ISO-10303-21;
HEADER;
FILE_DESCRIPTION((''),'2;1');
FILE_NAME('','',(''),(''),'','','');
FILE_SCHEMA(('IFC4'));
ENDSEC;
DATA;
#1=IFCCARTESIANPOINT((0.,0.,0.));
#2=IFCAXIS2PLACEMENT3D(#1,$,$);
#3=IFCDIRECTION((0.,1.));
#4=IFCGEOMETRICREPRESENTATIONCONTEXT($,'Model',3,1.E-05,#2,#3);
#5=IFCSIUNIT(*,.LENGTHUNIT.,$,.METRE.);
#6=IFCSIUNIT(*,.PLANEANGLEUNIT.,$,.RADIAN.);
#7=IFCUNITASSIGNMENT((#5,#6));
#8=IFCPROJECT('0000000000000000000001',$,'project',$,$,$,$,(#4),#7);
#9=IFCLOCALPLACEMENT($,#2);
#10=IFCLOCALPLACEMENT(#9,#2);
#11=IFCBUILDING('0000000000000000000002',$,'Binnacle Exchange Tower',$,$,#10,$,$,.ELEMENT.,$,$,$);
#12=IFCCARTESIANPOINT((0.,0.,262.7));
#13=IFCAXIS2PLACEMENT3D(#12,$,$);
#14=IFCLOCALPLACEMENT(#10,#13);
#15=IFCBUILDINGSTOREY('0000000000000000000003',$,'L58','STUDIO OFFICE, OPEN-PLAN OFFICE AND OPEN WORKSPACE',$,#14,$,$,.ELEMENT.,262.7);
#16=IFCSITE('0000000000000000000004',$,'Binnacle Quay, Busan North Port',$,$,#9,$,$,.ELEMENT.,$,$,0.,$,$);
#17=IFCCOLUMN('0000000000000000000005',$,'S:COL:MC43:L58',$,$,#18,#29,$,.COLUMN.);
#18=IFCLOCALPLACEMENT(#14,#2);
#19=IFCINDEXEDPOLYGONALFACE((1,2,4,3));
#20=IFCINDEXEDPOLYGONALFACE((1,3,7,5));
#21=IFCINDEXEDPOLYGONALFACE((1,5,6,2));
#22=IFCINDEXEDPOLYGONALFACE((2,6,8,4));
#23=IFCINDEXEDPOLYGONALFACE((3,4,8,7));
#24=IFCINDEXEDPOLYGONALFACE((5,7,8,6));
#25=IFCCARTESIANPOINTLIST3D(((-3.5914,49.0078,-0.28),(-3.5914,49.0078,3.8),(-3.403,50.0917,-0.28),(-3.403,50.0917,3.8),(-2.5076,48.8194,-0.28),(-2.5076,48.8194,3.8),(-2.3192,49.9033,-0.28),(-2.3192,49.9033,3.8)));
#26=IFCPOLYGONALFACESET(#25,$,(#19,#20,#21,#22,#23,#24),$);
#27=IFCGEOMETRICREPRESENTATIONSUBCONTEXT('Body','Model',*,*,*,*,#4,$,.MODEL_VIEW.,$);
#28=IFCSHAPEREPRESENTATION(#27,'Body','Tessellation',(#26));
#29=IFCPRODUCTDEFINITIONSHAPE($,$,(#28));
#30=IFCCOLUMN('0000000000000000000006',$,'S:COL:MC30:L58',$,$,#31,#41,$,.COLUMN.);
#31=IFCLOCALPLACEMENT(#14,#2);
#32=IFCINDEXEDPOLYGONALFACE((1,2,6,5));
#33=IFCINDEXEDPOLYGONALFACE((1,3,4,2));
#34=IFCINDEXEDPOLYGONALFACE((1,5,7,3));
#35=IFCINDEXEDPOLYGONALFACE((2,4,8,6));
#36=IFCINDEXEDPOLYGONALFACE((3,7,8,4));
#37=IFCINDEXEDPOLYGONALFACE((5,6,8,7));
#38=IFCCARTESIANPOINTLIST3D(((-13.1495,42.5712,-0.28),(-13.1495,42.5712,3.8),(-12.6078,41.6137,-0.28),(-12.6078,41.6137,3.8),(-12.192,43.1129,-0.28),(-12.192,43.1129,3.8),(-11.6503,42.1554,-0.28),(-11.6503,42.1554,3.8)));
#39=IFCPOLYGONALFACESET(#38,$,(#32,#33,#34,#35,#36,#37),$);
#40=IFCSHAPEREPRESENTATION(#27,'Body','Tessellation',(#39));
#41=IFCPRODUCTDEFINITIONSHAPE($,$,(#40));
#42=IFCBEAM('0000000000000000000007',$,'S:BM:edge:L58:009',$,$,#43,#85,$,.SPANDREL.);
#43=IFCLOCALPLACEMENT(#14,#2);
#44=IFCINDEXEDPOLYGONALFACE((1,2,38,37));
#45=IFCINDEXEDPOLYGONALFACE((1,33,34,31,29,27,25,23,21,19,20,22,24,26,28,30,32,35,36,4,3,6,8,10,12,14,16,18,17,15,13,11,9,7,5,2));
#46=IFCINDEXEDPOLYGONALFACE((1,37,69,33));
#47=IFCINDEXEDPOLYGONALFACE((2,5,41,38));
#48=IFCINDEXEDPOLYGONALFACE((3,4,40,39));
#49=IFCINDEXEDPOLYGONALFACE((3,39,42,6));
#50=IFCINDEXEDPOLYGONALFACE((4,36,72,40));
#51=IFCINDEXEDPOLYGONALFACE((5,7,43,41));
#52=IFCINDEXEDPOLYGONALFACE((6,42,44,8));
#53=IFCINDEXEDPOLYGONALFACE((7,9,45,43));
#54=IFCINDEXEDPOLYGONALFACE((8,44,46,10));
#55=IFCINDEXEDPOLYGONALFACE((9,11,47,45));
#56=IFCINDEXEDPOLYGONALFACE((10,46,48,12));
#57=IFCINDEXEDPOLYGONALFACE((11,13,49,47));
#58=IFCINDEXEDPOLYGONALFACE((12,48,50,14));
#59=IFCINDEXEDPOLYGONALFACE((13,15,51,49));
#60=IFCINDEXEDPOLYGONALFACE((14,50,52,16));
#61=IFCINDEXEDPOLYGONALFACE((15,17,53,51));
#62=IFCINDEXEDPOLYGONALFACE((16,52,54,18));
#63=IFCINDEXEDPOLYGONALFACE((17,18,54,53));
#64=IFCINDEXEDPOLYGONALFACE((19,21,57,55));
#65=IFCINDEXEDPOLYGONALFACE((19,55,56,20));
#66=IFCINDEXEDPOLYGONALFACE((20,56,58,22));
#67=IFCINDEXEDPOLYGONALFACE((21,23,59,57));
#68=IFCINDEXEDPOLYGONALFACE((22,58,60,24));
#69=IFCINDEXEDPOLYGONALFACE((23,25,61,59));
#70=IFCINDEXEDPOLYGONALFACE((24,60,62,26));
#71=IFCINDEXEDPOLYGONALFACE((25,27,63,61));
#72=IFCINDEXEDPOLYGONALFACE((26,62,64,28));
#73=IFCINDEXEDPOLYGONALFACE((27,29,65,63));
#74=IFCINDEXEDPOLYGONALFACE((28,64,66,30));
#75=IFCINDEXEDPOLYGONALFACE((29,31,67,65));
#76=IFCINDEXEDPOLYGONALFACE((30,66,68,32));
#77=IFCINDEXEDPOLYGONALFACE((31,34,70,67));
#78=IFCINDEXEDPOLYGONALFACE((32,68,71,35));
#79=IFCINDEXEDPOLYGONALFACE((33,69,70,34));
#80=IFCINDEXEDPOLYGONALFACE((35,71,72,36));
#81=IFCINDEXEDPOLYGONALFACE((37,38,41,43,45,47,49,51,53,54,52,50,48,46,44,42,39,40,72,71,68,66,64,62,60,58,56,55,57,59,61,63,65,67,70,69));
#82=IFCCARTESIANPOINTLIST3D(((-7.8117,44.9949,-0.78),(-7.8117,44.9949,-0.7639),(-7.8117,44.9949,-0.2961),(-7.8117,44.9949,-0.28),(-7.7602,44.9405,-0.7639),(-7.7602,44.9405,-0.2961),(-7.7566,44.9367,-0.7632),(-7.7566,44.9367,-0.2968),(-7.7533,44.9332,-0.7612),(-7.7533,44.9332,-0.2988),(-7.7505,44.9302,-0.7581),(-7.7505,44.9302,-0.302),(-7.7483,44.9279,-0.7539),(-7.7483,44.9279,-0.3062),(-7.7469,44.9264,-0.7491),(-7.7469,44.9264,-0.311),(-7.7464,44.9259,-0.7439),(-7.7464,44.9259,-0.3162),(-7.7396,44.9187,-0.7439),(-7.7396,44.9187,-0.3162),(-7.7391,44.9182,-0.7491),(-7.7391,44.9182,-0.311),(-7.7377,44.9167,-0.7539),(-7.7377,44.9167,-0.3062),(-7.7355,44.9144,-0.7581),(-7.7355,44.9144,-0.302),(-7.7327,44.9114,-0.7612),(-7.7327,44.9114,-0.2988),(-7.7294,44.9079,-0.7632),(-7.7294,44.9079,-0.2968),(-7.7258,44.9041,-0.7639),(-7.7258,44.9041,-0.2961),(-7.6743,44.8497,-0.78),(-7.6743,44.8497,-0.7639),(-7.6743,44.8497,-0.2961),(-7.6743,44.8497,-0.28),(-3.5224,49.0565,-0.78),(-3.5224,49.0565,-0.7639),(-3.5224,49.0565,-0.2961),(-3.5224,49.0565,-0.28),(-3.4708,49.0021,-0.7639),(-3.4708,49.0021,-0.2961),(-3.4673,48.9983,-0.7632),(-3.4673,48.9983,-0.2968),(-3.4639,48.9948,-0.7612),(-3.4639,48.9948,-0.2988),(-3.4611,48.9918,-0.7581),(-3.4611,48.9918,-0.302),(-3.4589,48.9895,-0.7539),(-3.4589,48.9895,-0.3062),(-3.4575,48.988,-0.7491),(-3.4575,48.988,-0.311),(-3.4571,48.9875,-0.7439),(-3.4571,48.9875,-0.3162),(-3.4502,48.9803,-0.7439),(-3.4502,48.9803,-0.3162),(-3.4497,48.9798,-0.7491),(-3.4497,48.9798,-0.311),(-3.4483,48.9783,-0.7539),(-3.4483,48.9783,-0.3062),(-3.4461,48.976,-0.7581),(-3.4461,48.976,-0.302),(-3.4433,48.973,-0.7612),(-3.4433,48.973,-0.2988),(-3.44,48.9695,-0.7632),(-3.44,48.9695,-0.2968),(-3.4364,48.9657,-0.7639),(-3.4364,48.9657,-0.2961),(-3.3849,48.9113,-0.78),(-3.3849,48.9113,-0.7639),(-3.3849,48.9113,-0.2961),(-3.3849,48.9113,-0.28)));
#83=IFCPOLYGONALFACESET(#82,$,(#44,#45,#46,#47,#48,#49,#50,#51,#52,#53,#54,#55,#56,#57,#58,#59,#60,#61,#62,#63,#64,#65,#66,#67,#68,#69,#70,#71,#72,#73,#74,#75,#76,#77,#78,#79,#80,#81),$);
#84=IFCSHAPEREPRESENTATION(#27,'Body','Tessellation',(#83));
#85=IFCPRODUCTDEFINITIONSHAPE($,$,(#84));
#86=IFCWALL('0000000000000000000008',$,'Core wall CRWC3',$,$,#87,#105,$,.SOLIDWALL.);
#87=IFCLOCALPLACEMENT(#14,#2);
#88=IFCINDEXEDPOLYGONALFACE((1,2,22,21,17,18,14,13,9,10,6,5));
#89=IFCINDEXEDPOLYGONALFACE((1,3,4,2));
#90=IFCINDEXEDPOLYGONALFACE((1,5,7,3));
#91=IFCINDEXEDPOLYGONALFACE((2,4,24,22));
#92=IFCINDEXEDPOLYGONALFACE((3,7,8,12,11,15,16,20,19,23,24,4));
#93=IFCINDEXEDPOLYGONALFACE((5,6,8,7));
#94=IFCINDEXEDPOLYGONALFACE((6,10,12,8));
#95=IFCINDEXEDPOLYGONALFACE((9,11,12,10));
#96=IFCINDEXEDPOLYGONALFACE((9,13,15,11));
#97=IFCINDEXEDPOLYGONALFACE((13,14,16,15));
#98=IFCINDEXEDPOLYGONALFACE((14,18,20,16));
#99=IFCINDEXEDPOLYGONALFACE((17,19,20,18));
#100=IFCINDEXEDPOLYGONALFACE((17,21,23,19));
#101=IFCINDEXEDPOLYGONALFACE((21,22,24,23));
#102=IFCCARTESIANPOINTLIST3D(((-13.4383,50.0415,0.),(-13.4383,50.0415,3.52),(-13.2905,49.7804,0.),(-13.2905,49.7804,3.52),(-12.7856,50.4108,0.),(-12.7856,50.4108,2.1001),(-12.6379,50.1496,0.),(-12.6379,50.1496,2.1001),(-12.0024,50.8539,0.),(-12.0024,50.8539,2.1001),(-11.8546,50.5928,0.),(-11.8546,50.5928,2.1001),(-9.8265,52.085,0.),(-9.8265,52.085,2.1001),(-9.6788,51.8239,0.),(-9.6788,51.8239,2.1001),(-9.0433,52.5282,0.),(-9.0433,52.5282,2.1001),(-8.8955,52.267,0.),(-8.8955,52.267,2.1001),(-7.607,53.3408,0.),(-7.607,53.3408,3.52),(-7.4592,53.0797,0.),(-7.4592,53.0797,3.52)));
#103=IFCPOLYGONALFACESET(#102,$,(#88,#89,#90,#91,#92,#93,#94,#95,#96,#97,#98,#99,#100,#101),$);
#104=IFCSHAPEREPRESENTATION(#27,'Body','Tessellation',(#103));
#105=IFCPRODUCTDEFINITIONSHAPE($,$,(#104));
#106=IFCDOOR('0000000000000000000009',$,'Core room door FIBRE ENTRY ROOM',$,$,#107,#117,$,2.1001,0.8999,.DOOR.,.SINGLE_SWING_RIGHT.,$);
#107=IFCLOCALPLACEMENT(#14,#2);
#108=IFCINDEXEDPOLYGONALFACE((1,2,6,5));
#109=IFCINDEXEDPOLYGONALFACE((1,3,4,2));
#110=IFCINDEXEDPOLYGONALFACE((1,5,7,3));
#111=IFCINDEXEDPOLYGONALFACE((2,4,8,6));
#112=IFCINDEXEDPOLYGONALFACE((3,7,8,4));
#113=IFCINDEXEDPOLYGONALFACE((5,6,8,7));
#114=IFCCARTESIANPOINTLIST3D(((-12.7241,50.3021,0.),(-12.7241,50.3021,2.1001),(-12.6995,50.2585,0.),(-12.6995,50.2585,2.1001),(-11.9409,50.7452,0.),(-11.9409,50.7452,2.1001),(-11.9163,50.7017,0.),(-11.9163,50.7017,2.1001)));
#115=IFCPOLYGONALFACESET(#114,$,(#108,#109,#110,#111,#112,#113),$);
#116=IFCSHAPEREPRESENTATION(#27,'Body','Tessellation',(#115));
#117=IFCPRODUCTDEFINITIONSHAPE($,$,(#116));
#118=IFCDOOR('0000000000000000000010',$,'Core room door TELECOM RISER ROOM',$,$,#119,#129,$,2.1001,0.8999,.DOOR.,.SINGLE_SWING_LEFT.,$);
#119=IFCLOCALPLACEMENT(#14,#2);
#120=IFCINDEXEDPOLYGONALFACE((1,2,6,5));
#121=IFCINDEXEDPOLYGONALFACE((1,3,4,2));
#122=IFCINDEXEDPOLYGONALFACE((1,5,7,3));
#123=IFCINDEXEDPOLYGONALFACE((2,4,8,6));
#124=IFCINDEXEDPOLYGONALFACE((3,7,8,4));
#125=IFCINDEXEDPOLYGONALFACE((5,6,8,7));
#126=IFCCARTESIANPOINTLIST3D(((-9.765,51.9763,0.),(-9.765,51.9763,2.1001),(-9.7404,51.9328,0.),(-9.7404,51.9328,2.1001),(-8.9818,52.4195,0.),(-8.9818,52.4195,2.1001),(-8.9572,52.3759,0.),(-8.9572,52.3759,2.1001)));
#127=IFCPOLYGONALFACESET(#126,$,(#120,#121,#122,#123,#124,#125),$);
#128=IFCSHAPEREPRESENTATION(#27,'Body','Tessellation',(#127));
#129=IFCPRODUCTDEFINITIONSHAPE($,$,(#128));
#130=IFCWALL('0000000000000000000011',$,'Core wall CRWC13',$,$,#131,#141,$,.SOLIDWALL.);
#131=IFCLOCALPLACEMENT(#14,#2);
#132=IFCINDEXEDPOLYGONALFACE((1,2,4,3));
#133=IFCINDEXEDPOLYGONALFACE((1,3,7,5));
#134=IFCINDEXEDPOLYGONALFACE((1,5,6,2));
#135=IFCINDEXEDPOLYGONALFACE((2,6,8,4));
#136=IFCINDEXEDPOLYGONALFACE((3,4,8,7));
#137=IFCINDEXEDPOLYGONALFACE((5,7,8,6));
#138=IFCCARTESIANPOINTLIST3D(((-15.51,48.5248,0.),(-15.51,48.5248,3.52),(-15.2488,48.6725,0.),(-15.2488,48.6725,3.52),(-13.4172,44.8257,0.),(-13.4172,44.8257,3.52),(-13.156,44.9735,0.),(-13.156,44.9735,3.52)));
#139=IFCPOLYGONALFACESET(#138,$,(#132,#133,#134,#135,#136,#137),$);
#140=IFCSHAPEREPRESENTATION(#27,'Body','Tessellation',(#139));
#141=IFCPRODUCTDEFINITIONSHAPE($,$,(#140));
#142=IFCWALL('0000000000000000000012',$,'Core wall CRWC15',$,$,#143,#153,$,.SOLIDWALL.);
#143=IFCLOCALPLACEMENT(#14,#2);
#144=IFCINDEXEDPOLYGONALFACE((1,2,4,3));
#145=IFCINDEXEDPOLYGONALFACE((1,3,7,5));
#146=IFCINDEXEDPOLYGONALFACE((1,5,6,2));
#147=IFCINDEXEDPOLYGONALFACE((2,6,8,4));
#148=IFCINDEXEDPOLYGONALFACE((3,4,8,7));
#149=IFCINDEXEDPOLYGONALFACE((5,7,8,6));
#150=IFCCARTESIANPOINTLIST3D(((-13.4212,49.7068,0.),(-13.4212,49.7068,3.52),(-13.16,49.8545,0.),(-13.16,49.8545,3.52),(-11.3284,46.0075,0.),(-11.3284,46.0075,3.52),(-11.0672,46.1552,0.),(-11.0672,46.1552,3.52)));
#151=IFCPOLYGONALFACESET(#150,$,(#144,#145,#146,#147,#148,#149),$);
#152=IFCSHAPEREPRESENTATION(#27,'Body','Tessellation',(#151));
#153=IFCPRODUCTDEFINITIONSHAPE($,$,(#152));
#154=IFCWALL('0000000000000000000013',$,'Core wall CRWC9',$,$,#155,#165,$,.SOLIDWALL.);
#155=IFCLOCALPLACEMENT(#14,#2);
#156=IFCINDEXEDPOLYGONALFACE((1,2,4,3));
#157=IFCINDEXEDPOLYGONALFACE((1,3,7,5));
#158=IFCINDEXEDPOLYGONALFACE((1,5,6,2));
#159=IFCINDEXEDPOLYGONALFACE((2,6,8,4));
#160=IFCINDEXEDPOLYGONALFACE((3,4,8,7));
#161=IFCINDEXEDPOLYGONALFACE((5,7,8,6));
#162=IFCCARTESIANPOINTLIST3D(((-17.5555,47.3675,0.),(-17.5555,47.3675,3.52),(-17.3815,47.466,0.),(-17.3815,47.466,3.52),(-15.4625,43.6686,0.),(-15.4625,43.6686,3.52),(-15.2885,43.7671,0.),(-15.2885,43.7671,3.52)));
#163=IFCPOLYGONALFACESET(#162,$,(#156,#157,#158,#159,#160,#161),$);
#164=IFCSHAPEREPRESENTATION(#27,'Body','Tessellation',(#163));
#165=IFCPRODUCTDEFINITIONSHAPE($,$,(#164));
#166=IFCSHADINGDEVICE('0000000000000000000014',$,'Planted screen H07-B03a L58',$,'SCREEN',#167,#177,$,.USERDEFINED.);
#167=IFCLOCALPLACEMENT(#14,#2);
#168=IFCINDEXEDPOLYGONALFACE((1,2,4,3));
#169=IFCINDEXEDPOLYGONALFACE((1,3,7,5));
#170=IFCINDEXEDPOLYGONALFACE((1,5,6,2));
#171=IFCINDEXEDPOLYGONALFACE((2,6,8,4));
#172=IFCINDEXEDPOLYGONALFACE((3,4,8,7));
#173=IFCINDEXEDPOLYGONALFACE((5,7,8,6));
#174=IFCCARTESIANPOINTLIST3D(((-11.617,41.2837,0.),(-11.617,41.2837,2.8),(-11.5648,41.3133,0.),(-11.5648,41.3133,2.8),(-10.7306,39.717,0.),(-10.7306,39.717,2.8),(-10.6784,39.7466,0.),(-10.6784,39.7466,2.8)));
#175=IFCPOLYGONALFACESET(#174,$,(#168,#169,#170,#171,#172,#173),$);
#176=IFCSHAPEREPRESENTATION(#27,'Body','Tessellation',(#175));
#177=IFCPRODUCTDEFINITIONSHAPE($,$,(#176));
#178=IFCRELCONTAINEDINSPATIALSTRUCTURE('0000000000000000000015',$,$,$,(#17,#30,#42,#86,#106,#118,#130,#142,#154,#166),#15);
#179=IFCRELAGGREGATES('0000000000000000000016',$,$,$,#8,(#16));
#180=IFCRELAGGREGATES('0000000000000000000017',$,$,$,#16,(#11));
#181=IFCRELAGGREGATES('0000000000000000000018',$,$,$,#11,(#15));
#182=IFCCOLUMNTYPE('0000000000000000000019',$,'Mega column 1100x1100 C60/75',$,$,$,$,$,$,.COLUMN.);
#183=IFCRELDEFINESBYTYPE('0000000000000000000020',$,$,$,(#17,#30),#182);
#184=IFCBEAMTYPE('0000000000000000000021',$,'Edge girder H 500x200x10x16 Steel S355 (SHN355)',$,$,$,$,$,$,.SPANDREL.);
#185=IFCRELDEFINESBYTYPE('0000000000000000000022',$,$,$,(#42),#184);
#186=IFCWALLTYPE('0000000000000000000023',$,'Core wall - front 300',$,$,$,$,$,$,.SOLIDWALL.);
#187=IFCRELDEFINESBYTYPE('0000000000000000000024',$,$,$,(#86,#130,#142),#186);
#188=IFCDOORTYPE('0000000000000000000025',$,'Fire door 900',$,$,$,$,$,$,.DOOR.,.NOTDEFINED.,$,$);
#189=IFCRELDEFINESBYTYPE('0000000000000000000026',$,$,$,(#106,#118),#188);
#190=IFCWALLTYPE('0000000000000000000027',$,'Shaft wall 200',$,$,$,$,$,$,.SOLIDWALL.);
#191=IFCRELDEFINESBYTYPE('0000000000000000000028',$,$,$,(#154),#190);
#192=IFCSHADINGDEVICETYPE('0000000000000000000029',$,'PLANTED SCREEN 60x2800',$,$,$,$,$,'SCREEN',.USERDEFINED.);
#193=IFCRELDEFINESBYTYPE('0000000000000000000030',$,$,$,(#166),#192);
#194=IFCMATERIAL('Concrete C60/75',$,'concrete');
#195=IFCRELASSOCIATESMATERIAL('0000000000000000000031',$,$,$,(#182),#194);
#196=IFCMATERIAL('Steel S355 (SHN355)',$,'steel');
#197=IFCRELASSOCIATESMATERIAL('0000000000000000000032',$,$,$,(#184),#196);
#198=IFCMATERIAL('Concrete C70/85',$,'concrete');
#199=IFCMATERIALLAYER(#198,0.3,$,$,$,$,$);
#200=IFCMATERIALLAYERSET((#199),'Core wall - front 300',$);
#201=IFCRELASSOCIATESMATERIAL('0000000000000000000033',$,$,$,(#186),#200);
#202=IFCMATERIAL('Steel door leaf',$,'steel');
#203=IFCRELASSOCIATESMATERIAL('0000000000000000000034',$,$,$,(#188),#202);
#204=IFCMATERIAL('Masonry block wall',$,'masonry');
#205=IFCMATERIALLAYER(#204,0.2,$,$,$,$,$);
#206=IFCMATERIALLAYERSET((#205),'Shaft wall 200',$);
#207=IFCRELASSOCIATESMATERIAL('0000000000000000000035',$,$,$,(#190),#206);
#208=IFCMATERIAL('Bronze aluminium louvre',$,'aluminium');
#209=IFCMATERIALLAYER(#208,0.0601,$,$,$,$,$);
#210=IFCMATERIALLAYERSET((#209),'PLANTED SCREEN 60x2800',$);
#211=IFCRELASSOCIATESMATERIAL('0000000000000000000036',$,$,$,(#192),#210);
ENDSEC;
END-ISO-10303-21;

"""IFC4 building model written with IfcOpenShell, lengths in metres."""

from ifc_helpers import new_model, si_unit, direction, frame, frame_2d, origin, origin_2d, place, context, subcontext, project, spatial, rectangle, i_section, extrude, material, layer, layer_set, material_profile, profile_set, type_object, element, fill, save


model = new_model("IFC4")

# Units and contexts
model_context = context("Model", 3, precision=1e-05, world=origin(), true_north=direction((0.0, 1.0)))
body_context = subcontext(model_context, "Body", "Model", "MODEL_VIEW")
ifc_project = project(units=[si_unit("LENGTHUNIT", "METRE"), si_unit("PLANEANGLEUNIT", "RADIAN")], contexts=[model_context])

# Site, building, storey
site_placement = place(None, origin())
site = spatial("IfcSite", under=ifc_project, at=site_placement, Name="Binnacle Quay, Busan North Port", CompositionType="ELEMENT", RefElevation=0.0)
building_placement = place(site_placement, origin())
building = spatial("IfcBuilding", under=site, at=building_placement, Name="Binnacle Exchange Tower", CompositionType="ELEMENT")
storey_placement = place(building_placement, frame((0.0, 0.0, 262.7)))
storey = spatial("IfcBuildingStorey", under=building, at=storey_placement, Name="L58", Description="STUDIO OFFICE, OPEN-PLAN OFFICE AND OPEN WORKSPACE", CompositionType="ELEMENT", Elevation=262.7)

# Columns
ifc_material_1 = material(Name="Concrete C60/75", Category="concrete")
ifc_material_profile_1 = material_profile(ifc_material_1, rectangle(XDim=1.1001, YDim=1.1001, at=origin_2d()), Name="Mega column 1100x1100 C60/75")
ifc_profile_set_1 = profile_set([ifc_material_profile_1], Name="Concrete C60/75")
column_type = type_object("IfcColumnType", Name="Mega column 1100x1100 C60/75", PredefinedType="COLUMN", material=ifc_profile_set_1)
for number, where, z_axis, x_axis, name in (
    (1, (-2.9553, 49.4556, -0.28), (0.0, 0.0, 1.0), (-0.985226, 0.171259, 0.0), "S:COL:MC43:L58"),
    (2, (-12.3999, 42.3633, -0.28), (0.0, 0.0, 1.0), (0.870356, 0.492424, 0.0), "S:COL:MC30:L58"),
):
    element("IfcColumn", number, at=place(storey_placement, frame(where, z_axis=z_axis, x_axis=x_axis)), inside=storey, type_object=column_type, Name=name, PredefinedType="COLUMN", context=body_context, shape_type="SweptSolid", body=[
        extrude(rectangle(XDim=1.1001, YDim=1.1001, at=origin_2d()), origin(), (0.0, 0.0, 1.0), 4.0801),
    ])

# Beam
ifc_material_2 = material(Name="Steel S355 (SHN355)", Category="steel")
ifc_material_profile_2 = material_profile(ifc_material_2, i_section(OverallWidth=0.2, OverallDepth=0.5, WebThickness=0.01, FlangeThickness=0.0161, FilletRadius=0.02, at=origin_2d()), Name="H 500x200x10x16")
ifc_profile_set_2 = profile_set([ifc_material_profile_2], Name="Steel S355 (SHN355)")
beam_type = type_object("IfcBeamType", Name="Edge girder H 500x200x10x16 Steel S355 (SHN355)", PredefinedType="SPANDREL", material=ifc_profile_set_2)
beam_placement = place(storey_placement, frame((-3.4536, 48.9839, -0.53), z_axis=(-0.726124, -0.687563, 0.0), x_axis=(0.687563, -0.726124, 0.0)))
element("IfcBeam", 3, at=beam_placement, inside=storey, type_object=beam_type, Name="S:BM:edge:L58:009", PredefinedType="SPANDREL", context=body_context, shape_type="SweptSolid", body=[
    extrude(i_section(OverallWidth=0.2, OverallDepth=0.5, WebThickness=0.01, FlangeThickness=0.0161, FilletRadius=0.02, at=origin_2d()), origin(), (0.0, 0.0, 1.0), 5.9072),
])

# Wall, openings, doors
ifc_material_3 = material(Name="Concrete C70/85", Category="concrete")
ifc_layer_1 = layer(ifc_material_3, 0.3)
ifc_layer_set_1 = layer_set([ifc_layer_1], Name="Core wall - front 300")
wall_type_1 = type_object("IfcWallType", Name="Core wall - front 300", PredefinedType="SOLIDWALL", material=ifc_layer_set_1)
wall_1_placement = place(storey_placement, frame((-13.3645, 49.9109, 0.0), z_axis=(0.0, 0.0, 1.0), x_axis=(0.870348, 0.492438, 0.0)))
wall_1 = element("IfcWall", 4, at=wall_1_placement, inside=storey, type_object=wall_type_1, Name="Core wall CRWC3", PredefinedType="SOLIDWALL", context=body_context, shape_type="SweptSolid", body=[
    extrude(rectangle(XDim=6.7, YDim=0.3, at=frame_2d((3.3501, 0.0))), origin(), (0.0, 0.0, 1.0), 3.52),
])
opening_1_placement = place(wall_1_placement, frame((0.75, 0.0, 0.0)))
opening_1 = element("IfcOpeningElement", 5, at=opening_1_placement, cuts=wall_1, PredefinedType="OPENING", context=body_context, shape_type="SweptSolid", body=[
    extrude(rectangle(XDim=0.8999, YDim=2.1001, at=frame_2d((0.45, 1.05))), frame((0.0, 0.1599, 0.0), z_axis=(0.0, -1.0, 0.0), x_axis=(1.0, 0.0, 0.0)), (0.0, 0.0, 1.0), 0.3201),
])
opening_2_placement = place(wall_1_placement, frame((4.1499, 0.0, 0.0)))
opening_2 = element("IfcOpeningElement", 6, at=opening_2_placement, cuts=wall_1, PredefinedType="OPENING", context=body_context, shape_type="SweptSolid", body=[
    extrude(rectangle(XDim=0.8999, YDim=2.1001, at=frame_2d((0.45, 1.05))), frame((0.0, 0.1599, 0.0), z_axis=(0.0, -1.0, 0.0), x_axis=(1.0, 0.0, 0.0)), (0.0, 0.0, 1.0), 0.3201),
])
ifc_material_4 = material(Name="Steel door leaf", Category="steel")
door_type_1 = type_object("IfcDoorType", Name="Fire door 900", OperationType="NOTDEFINED", PredefinedType="DOOR", material=ifc_material_4)
door_1_placement = place(opening_1_placement, frame((0.8999, 0.0, 0.0), z_axis=(0.0, 0.0, 1.0), x_axis=(-1.0, 0.0, 0.0)))
door_1 = element("IfcDoor", 7, at=door_1_placement, inside=storey, type_object=door_type_1, Name="Core room door FIBRE ENTRY ROOM", OperationType="SINGLE_SWING_RIGHT", OverallHeight=2.1001, OverallWidth=0.8999, PredefinedType="DOOR", context=body_context, shape_type="SweptSolid", body=[
    extrude(rectangle(XDim=0.8999, YDim=2.1001, at=frame_2d((0.45, 1.05))), frame((0.0, 0.0249, 0.0), z_axis=(0.0, -1.0, 0.0), x_axis=(1.0, 0.0, 0.0)), (0.0, 0.0, 1.0), 0.05),
])
fill(opening_1, door_1)
door_2_placement = place(opening_2_placement, frame((0.8999, 0.0, 0.0), z_axis=(0.0, 0.0, 1.0), x_axis=(-1.0, 0.0, 0.0)))
door_2 = element("IfcDoor", 8, at=door_2_placement, inside=storey, type_object=door_type_1, Name="Core room door TELECOM RISER ROOM", OperationType="SINGLE_SWING_LEFT", OverallHeight=2.1001, OverallWidth=0.8999, PredefinedType="DOOR", context=body_context, shape_type="SweptSolid", body=[
    extrude(rectangle(XDim=0.8999, YDim=2.1001, at=frame_2d((0.45, 1.05))), frame((0.0, 0.0249, 0.0), z_axis=(0.0, -1.0, 0.0), x_axis=(1.0, 0.0, 0.0)), (0.0, 0.0, 1.0), 0.05),
])
fill(opening_2, door_2)

# Walls
wall_2_placement = place(storey_placement, frame((-15.3794, 48.5986, 0.0), z_axis=(0.0, 0.0, 1.0), x_axis=(0.492423, -0.870356, 0.0)))
element("IfcWall", 9, at=wall_2_placement, inside=storey, type_object=wall_type_1, Name="Core wall CRWC13", PredefinedType="SOLIDWALL", context=body_context, shape_type="SweptSolid", body=[
    extrude(rectangle(XDim=4.25, YDim=0.3, at=frame_2d((2.125, 0.0))), origin(), (0.0, 0.0, 1.0), 3.52),
])
wall_3_placement = place(storey_placement, frame((-13.2905, 49.7805, 0.0), z_axis=(0.0, 0.0, 1.0), x_axis=(0.492398, -0.87037, 0.0)))
element("IfcWall", 10, at=wall_3_placement, inside=storey, type_object=wall_type_1, Name="Core wall CRWC15", PredefinedType="SOLIDWALL", context=body_context, shape_type="SweptSolid", body=[
    extrude(rectangle(XDim=4.2502, YDim=0.3, at=frame_2d((2.125, 0.0))), origin(), (0.0, 0.0, 1.0), 3.52),
])

# Wall
ifc_material_5 = material(Name="Masonry block wall", Category="masonry")
ifc_layer_2 = layer(ifc_material_5, 0.2)
ifc_layer_set_2 = layer_set([ifc_layer_2], Name="Shaft wall 200")
wall_type_2 = type_object("IfcWallType", Name="Shaft wall 200", PredefinedType="SOLIDWALL", material=ifc_layer_set_2)
wall_4_placement = place(storey_placement, frame((-17.4685, 47.4167, 0.0), z_axis=(0.0, 0.0, 1.0), x_axis=(0.492466, -0.870332, 0.0)))
element("IfcWall", 11, at=wall_4_placement, inside=storey, type_object=wall_type_2, Name="Core wall CRWC9", PredefinedType="SOLIDWALL", context=body_context, shape_type="SweptSolid", body=[
    extrude(rectangle(XDim=4.25, YDim=0.2, at=frame_2d((2.125, 0.0))), origin(), (0.0, 0.0, 1.0), 3.52),
])

# Shading device
ifc_material_6 = material(Name="Bronze aluminium louvre", Category="aluminium")
ifc_layer_3 = layer(ifc_material_6, 0.0601)
ifc_layer_set_3 = layer_set([ifc_layer_3], Name="PLANTED SCREEN 60x2800")
shading_device_type = type_object("IfcShadingDeviceType", Name="PLANTED SCREEN 60x2800", ElementType="SCREEN", PredefinedType="USERDEFINED", material=ifc_layer_set_3)
shading_device_placement = place(storey_placement, frame((-11.1477, 40.5151, 0.0), z_axis=(0.0, 0.0, 1.0), x_axis=(0.870356, 0.492424, 0.0)))
element("IfcShadingDevice", 12, at=shading_device_placement, inside=storey, type_object=shading_device_type, Name="Planted screen H07-B03a L58", ObjectType="SCREEN", PredefinedType="USERDEFINED", context=body_context, shape_type="SweptSolid", body=[
    extrude(rectangle(XDim=0.0601, YDim=1.8, at=origin_2d()), origin(), (0.0, 0.0, 1.0), 2.8),
])

save(model, "model.ifc")
